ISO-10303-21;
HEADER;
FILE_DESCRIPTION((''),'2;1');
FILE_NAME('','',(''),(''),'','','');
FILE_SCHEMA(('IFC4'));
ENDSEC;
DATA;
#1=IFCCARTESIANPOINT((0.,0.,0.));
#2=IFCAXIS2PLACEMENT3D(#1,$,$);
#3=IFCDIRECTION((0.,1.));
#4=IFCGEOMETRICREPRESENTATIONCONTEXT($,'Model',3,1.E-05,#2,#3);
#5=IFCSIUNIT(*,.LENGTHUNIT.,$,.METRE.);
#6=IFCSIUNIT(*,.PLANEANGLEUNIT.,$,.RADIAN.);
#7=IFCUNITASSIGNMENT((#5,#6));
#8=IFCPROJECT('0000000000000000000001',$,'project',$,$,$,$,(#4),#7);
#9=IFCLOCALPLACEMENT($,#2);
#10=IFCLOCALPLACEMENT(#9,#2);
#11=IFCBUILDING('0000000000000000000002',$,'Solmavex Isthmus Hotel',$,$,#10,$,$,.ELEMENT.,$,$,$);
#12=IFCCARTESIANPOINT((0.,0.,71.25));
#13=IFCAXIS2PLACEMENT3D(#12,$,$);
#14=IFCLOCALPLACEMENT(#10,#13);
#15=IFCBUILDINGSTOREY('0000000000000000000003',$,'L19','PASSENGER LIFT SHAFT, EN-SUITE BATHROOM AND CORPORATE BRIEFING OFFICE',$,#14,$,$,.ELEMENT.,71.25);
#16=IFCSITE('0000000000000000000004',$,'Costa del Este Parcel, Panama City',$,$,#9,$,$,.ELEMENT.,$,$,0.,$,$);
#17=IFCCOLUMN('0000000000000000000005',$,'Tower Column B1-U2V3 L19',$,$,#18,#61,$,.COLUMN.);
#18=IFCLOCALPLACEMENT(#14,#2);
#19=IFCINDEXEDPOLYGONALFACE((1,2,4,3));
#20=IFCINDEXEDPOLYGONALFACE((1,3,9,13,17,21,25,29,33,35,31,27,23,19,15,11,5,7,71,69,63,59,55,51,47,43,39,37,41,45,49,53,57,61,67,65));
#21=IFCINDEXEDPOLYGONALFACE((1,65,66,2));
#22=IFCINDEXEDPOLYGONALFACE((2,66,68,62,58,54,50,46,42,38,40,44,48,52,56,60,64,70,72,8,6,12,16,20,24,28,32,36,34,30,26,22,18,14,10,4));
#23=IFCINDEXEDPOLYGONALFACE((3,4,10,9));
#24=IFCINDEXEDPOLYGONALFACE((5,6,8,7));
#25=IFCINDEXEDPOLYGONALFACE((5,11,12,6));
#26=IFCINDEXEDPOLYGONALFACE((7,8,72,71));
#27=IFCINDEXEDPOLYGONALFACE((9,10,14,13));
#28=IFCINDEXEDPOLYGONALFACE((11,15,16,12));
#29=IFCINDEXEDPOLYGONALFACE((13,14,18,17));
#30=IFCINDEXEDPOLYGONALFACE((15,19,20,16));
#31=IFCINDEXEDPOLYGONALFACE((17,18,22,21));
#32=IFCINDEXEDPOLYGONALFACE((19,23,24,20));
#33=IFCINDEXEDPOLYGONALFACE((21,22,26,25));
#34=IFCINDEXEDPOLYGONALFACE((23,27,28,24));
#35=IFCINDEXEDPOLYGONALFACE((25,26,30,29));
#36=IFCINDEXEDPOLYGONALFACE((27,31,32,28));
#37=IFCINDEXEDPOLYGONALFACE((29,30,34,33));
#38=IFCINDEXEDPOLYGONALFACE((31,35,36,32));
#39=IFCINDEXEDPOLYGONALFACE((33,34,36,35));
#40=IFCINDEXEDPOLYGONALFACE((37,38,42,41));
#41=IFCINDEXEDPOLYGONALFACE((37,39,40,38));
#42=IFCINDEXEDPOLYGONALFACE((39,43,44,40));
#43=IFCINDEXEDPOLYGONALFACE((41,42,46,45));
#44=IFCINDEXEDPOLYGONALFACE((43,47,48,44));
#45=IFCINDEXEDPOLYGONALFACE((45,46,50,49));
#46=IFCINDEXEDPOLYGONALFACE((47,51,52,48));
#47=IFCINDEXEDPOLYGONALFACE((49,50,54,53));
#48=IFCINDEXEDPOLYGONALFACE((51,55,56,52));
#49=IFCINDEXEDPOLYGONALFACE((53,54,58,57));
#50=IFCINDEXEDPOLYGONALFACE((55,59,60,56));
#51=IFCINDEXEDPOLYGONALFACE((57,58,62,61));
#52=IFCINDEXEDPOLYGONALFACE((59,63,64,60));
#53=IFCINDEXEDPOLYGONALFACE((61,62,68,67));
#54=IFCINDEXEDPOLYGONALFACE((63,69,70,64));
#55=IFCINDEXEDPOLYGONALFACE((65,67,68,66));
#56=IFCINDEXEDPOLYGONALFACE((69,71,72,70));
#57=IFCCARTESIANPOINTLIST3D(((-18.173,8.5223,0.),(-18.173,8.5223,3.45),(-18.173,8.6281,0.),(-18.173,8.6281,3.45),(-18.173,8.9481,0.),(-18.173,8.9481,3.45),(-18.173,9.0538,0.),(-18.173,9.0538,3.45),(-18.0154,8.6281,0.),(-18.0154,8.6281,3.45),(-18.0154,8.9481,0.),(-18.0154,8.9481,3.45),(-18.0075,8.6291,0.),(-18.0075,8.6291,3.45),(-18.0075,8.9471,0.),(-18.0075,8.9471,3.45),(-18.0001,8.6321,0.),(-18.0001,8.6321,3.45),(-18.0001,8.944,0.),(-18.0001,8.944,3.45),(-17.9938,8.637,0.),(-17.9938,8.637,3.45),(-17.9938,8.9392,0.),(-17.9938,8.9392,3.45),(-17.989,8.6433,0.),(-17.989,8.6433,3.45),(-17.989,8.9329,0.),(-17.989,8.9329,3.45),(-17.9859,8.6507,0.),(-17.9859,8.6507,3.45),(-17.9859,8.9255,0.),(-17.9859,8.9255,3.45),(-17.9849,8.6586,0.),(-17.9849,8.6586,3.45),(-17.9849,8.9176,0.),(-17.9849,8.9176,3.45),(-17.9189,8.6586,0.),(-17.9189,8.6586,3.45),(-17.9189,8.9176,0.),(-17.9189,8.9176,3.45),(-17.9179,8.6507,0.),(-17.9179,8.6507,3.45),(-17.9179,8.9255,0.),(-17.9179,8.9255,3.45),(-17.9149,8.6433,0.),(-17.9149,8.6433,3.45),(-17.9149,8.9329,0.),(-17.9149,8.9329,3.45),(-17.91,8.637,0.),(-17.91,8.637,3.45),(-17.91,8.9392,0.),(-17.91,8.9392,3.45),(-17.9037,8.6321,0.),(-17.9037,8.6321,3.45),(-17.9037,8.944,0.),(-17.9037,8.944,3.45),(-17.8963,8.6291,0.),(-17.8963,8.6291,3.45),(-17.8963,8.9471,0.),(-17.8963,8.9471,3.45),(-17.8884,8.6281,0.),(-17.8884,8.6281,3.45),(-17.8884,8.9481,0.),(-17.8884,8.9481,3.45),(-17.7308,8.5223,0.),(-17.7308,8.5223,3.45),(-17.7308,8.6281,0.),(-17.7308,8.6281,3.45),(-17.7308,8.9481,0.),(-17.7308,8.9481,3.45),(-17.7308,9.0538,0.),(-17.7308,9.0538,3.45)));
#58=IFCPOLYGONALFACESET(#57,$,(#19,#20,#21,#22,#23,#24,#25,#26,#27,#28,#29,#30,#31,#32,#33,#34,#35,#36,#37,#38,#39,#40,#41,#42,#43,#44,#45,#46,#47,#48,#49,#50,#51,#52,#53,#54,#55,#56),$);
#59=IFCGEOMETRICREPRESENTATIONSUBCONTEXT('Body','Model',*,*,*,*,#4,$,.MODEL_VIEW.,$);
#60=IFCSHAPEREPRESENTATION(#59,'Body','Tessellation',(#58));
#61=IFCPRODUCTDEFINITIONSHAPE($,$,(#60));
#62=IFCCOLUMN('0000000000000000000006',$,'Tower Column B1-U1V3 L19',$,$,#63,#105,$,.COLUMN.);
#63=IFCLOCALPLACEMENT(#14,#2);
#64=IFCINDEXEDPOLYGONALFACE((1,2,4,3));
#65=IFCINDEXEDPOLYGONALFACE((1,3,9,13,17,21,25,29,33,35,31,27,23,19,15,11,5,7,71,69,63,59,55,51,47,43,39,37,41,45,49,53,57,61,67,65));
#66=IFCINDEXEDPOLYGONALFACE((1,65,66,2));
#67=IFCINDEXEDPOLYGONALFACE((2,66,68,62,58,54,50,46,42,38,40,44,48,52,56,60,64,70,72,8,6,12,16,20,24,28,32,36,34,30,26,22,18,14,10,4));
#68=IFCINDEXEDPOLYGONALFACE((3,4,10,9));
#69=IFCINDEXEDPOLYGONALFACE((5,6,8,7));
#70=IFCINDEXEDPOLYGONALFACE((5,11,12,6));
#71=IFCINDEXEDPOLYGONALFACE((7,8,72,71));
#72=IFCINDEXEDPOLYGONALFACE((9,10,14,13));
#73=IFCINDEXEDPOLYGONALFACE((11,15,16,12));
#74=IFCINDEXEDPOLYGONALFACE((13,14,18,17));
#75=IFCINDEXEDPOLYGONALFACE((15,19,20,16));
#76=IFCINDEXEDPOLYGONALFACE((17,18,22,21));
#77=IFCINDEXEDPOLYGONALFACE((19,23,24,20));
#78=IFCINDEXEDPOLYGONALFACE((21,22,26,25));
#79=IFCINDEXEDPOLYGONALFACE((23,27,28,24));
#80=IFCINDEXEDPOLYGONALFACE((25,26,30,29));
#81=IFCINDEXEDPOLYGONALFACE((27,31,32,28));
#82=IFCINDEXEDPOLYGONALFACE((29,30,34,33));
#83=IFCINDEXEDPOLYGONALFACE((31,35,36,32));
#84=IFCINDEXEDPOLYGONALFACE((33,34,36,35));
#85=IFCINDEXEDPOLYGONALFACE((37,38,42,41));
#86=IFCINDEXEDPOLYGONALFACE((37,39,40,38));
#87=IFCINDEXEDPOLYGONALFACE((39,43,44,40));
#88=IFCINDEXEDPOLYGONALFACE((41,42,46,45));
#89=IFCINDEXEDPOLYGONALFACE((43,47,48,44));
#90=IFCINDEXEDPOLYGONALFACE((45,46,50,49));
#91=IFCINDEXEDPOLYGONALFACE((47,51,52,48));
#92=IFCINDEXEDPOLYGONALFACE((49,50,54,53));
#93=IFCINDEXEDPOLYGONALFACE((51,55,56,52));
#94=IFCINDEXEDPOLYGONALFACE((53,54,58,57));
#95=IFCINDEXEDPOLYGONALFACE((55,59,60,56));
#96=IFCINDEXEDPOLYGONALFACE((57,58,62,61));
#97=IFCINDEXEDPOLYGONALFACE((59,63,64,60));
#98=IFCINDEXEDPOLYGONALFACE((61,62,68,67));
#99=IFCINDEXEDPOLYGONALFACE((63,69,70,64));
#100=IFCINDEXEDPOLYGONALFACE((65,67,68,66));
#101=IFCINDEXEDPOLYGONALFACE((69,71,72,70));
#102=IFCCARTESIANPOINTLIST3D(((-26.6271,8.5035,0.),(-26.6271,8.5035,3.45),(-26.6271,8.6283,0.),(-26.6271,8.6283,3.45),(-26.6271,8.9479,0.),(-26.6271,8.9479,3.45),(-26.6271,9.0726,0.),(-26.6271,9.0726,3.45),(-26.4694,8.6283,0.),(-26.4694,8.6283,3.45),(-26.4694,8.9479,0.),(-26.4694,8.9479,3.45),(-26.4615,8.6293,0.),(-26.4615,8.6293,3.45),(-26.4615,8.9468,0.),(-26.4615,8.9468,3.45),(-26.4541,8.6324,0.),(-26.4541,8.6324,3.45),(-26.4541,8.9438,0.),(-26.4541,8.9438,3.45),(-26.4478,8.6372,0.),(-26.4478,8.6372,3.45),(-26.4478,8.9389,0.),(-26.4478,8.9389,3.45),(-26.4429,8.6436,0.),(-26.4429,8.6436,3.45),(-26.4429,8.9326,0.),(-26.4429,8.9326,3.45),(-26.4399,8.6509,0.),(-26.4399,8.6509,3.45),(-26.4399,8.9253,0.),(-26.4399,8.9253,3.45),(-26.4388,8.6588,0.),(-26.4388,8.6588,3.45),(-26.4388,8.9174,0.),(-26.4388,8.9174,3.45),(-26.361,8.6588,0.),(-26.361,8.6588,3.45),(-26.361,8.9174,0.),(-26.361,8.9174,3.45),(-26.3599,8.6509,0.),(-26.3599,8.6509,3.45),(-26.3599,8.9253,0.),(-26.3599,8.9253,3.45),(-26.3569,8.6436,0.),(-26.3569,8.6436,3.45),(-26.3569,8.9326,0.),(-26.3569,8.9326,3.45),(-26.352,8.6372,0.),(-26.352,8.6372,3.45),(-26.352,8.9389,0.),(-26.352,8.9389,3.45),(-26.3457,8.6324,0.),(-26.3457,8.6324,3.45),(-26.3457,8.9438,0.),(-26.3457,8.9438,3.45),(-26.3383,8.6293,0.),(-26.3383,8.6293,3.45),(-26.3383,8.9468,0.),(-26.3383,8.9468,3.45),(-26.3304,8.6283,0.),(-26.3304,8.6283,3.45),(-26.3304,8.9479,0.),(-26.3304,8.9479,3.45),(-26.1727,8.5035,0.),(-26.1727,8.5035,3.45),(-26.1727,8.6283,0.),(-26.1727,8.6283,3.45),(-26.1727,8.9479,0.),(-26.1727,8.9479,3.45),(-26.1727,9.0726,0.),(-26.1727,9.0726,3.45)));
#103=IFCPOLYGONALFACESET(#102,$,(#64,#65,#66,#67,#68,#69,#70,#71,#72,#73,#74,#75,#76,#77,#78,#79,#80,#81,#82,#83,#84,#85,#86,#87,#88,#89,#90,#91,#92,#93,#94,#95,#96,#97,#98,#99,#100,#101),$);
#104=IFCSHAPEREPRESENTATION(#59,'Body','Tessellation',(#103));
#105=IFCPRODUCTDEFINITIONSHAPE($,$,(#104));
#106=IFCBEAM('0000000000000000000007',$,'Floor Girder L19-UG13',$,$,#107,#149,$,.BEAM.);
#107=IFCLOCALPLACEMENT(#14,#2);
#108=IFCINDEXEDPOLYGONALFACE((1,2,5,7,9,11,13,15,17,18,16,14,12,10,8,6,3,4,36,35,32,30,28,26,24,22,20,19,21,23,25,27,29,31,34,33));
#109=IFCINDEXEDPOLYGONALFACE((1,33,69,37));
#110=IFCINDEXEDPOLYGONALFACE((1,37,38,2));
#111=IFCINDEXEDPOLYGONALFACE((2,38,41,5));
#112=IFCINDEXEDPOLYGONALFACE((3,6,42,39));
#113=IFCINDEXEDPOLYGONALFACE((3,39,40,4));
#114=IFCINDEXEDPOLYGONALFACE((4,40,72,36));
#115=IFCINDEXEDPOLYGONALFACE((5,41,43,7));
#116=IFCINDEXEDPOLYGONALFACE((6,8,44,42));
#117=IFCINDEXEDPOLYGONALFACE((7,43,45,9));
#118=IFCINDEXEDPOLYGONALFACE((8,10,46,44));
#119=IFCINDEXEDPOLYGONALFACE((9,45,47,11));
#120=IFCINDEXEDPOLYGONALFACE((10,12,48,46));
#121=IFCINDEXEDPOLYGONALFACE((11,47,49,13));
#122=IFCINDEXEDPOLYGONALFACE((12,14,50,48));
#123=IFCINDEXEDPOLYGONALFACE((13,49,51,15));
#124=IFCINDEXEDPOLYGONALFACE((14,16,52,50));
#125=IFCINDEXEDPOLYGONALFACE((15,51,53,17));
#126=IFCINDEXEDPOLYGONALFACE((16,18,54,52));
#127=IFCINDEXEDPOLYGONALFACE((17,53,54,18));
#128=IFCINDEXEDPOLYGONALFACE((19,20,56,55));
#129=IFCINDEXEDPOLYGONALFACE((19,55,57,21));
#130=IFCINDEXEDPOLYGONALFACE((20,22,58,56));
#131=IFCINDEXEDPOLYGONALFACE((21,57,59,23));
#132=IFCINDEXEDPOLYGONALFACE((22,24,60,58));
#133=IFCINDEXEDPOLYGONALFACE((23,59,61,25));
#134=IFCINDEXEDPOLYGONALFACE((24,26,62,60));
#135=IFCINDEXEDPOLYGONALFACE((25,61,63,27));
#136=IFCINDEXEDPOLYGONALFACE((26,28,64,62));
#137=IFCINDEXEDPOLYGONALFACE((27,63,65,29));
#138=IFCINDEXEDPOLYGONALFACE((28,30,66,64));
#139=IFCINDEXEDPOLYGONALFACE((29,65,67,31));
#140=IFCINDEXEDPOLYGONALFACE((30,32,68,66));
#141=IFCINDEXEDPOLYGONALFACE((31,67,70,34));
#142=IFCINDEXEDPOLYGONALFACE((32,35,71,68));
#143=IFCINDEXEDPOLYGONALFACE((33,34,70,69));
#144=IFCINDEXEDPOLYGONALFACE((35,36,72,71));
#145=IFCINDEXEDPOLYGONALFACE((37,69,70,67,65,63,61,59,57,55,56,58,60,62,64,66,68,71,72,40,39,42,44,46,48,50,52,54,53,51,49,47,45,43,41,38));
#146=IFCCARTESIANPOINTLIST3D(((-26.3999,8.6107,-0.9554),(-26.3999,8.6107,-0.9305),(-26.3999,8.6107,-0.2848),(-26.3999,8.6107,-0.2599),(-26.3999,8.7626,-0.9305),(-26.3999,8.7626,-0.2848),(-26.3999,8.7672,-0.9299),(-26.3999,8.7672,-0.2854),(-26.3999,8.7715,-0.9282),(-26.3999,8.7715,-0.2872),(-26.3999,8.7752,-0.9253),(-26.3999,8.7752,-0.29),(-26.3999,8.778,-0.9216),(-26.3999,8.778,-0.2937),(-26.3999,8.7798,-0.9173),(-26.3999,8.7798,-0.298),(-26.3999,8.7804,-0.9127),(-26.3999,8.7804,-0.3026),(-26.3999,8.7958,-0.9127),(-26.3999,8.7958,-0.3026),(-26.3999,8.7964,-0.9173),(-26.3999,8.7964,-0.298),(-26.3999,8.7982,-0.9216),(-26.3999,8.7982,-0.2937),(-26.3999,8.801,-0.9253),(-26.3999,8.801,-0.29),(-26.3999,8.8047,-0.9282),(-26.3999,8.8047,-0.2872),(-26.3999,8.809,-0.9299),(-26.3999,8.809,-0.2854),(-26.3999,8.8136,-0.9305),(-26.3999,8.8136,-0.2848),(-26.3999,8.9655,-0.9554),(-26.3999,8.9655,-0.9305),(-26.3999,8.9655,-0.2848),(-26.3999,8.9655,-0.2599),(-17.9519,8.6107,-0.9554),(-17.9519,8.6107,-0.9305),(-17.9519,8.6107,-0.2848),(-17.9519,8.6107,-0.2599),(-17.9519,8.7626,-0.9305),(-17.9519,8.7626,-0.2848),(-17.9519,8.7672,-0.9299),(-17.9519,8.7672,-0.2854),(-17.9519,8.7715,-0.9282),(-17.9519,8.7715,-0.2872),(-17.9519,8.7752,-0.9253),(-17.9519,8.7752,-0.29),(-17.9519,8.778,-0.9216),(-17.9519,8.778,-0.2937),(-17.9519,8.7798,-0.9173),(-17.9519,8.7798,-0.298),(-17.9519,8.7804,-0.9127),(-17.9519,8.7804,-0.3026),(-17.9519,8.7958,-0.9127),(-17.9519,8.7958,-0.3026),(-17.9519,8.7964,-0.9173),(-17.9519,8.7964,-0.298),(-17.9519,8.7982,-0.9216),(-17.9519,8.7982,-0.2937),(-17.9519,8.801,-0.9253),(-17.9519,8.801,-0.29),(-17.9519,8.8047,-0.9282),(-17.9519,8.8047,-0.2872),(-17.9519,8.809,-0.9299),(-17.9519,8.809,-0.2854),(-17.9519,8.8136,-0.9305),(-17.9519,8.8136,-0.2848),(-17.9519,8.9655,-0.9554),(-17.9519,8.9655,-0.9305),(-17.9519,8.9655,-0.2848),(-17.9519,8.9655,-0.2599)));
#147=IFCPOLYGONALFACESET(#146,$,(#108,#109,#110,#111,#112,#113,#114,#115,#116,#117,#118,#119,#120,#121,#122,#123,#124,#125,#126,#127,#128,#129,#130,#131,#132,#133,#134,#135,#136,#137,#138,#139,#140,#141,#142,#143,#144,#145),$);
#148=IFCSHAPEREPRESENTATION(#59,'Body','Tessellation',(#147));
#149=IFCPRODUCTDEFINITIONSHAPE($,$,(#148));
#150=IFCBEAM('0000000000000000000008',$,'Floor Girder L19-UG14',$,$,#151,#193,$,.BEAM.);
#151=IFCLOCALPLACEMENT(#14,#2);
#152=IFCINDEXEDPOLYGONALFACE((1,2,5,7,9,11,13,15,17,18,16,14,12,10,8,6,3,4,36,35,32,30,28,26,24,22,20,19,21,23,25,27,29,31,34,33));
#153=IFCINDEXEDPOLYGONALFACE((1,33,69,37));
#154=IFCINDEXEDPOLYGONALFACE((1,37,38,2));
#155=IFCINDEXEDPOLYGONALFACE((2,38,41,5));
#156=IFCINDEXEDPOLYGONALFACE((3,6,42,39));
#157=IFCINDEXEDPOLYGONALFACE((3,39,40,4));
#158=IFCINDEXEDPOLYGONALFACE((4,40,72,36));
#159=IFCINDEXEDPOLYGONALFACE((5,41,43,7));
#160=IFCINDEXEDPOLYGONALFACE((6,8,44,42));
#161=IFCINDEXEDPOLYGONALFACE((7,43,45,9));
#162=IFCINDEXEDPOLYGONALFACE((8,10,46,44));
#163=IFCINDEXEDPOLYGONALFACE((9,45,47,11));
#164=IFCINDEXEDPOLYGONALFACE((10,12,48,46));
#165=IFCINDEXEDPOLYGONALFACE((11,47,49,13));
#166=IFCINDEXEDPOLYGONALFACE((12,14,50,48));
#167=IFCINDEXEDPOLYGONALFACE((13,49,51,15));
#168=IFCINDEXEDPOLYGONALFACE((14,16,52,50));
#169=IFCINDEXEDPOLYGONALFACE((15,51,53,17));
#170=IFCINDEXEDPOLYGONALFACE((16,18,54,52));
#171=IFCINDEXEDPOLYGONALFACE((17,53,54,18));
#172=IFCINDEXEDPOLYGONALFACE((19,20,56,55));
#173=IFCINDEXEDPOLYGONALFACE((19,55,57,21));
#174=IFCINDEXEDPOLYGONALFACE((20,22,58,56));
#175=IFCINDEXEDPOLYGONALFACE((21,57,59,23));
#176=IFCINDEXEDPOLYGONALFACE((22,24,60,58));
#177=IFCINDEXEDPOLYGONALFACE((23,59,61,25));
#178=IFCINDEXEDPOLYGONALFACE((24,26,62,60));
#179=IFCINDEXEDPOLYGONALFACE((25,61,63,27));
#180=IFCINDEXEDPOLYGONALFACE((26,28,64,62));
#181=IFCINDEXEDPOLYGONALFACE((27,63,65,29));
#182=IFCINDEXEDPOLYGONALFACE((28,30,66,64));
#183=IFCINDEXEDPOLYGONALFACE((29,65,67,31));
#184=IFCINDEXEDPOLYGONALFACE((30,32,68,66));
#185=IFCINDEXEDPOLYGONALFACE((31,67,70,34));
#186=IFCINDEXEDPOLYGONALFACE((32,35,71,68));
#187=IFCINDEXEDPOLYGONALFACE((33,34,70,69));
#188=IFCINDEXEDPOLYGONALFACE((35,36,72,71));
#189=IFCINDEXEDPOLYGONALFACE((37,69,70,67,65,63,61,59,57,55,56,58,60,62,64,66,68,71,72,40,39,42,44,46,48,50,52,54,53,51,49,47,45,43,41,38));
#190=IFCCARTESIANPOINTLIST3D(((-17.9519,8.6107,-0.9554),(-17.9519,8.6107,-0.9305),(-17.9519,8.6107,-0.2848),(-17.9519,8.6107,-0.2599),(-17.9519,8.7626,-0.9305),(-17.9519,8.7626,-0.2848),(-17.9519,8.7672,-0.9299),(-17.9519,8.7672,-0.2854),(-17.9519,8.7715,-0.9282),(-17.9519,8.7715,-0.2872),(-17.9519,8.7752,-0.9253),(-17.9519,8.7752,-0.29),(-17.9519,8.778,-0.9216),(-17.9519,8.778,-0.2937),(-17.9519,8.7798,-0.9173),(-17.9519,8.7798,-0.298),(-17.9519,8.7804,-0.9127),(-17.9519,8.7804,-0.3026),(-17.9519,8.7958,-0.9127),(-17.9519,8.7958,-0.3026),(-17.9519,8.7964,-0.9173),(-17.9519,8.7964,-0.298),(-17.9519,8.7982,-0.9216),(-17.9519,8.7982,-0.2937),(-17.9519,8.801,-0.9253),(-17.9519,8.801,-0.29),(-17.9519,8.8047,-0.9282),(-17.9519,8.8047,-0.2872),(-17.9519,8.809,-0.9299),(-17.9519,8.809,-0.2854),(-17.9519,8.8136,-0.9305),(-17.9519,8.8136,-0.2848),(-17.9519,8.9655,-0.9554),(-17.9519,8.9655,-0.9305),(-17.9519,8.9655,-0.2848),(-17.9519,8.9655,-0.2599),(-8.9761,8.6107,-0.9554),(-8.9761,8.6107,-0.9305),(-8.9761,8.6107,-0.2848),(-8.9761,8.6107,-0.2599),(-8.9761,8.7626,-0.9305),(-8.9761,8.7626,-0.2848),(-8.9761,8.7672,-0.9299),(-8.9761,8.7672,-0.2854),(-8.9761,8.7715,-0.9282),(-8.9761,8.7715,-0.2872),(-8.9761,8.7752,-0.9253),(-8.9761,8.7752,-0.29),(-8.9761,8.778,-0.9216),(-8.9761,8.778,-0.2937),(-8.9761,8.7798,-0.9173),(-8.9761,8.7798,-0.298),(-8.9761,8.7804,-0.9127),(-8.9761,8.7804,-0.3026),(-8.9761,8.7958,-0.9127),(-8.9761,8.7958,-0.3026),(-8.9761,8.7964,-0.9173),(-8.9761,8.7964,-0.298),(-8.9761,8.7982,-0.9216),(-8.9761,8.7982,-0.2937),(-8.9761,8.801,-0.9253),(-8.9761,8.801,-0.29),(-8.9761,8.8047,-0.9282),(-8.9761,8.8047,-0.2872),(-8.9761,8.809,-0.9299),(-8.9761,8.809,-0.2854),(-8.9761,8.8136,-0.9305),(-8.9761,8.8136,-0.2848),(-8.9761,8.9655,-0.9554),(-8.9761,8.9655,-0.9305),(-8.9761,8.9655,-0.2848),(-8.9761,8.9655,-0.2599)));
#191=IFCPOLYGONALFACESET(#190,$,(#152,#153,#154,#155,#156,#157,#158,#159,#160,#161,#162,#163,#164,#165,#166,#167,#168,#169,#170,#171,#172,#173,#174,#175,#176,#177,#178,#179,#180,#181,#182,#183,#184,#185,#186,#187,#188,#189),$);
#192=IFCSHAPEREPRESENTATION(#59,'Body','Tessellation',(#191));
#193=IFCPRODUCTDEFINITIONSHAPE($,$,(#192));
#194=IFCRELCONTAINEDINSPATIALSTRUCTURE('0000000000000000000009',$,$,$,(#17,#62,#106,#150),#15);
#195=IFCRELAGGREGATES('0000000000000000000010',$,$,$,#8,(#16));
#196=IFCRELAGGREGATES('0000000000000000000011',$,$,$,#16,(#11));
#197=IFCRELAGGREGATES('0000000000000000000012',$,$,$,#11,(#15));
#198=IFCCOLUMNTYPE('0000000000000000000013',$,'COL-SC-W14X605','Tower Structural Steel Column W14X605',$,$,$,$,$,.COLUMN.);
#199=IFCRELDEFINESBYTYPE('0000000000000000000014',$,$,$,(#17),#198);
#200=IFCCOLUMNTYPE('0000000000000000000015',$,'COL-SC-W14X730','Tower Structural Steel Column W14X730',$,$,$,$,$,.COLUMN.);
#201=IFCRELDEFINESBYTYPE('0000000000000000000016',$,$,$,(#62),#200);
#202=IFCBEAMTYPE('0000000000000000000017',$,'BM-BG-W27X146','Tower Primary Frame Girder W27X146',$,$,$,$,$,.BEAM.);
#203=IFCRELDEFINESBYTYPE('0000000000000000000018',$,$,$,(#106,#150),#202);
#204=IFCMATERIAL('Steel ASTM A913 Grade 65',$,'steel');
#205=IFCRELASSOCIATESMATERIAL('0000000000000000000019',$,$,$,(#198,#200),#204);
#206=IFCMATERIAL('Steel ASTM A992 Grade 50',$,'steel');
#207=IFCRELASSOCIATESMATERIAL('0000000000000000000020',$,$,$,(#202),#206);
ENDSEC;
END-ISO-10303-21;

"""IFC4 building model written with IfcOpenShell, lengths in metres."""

from ifc_helpers import new_model, si_unit, direction, frame, origin, origin_2d, place, context, subcontext, project, spatial, i_section, extrude, material, material_profile, profile_set, type_object, element, save


model = new_model("IFC4")

# Units and contexts
model_context = context("Model", 3, precision=1e-05, world=origin(), true_north=direction((0.0, 1.0)))
body_context = subcontext(model_context, "Body", "Model", "MODEL_VIEW")
ifc_project = project(units=[si_unit("LENGTHUNIT", "METRE"), si_unit("PLANEANGLEUNIT", "RADIAN")], contexts=[model_context])

# Site, building, storey
site_placement = place(None, origin())
site = spatial("IfcSite", under=ifc_project, at=site_placement, Name="Costa del Este Parcel, Panama City", CompositionType="ELEMENT", RefElevation=0.0)
building_placement = place(site_placement, origin())
building = spatial("IfcBuilding", under=site, at=building_placement, Name="Solmavex Isthmus Hotel", CompositionType="ELEMENT")
storey_placement = place(building_placement, frame((0.0, 0.0, 71.25)))
storey = spatial("IfcBuildingStorey", under=building, at=storey_placement, Name="L19", Description="PASSENGER LIFT SHAFT, EN-SUITE BATHROOM AND CORPORATE BRIEFING OFFICE", CompositionType="ELEMENT", Elevation=71.25)

# Columns
ifc_material_1 = material(Name="Steel ASTM A913 Grade 65", Category="steel")
ifc_material_profile_1 = material_profile(ifc_material_1, i_section(OverallWidth=0.4421, OverallDepth=0.5315, WebThickness=0.0659, FlangeThickness=0.1057, FilletRadius=0.0305, at=origin_2d()), Name="W14X605")
ifc_profile_set_1 = profile_set([ifc_material_profile_1], Name="Steel ASTM A913 Grade 65")
column_type_1 = type_object("IfcColumnType", Name="COL-SC-W14X605", Description="Tower Structural Steel Column W14X605", PredefinedType="COLUMN", material=ifc_profile_set_1)
column_1_placement = place(storey_placement, frame((-17.9519, 8.7881, 0.0), z_axis=(0.0, 0.0, 1.0), x_axis=(1.0, 0.0, 0.0)))
element("IfcColumn", 1, at=column_1_placement, inside=storey, type_object=column_type_1, Name="Tower Column B1-U2V3 L19", PredefinedType="COLUMN", context=body_context, shape_type="SweptSolid", body=[
    extrude(i_section(OverallWidth=0.4421, OverallDepth=0.5315, WebThickness=0.0659, FlangeThickness=0.1057, FilletRadius=0.0305, at=origin_2d()), origin(), (0.0, 0.0, 1.0), 3.45),
])
ifc_material_profile_2 = material_profile(ifc_material_1, i_section(OverallWidth=0.4543, OverallDepth=0.5691, WebThickness=0.0779, FlangeThickness=0.1248, FilletRadius=0.0305, at=origin_2d()), Name="W14X730")
ifc_profile_set_2 = profile_set([ifc_material_profile_2], Name="Steel ASTM A913 Grade 65")
column_type_2 = type_object("IfcColumnType", Name="COL-SC-W14X730", Description="Tower Structural Steel Column W14X730", PredefinedType="COLUMN", material=ifc_profile_set_2)
column_2_placement = place(storey_placement, frame((-26.3999, 8.7881, 0.0), z_axis=(0.0, 0.0, 1.0), x_axis=(1.0, 0.0, 0.0)))
element("IfcColumn", 2, at=column_2_placement, inside=storey, type_object=column_type_2, Name="Tower Column B1-U1V3 L19", PredefinedType="COLUMN", context=body_context, shape_type="SweptSolid", body=[
    extrude(i_section(OverallWidth=0.4543, OverallDepth=0.5691, WebThickness=0.0779, FlangeThickness=0.1248, FilletRadius=0.0305, at=origin_2d()), origin(), (0.0, 0.0, 1.0), 3.45),
])

# Beams
ifc_material_2 = material(Name="Steel ASTM A992 Grade 50", Category="steel")
ifc_material_profile_3 = material_profile(ifc_material_2, i_section(OverallWidth=0.3547, OverallDepth=0.6956, WebThickness=0.0154, FlangeThickness=0.0249, FilletRadius=0.0178, at=origin_2d()), Name="W27X146")
ifc_profile_set_3 = profile_set([ifc_material_profile_3], Name="Steel ASTM A992 Grade 50")
beam_type_1 = type_object("IfcBeamType", Name="BM-BG-W27X146", Description="Tower Primary Frame Girder W27X146", PredefinedType="BEAM", material=ifc_profile_set_3)
beam_1_placement = place(storey_placement, frame((-26.3999, 8.7881, -0.6077), z_axis=(1.0, 0.0, 0.0), x_axis=(0.0, 1.0, 0.0)))
element("IfcBeam", 3, at=beam_1_placement, inside=storey, type_object=beam_type_1, Name="Floor Girder L19-UG13", PredefinedType="BEAM", context=body_context, shape_type="SweptSolid", body=[
    extrude(i_section(OverallWidth=0.3547, OverallDepth=0.6956, WebThickness=0.0154, FlangeThickness=0.0249, FilletRadius=0.0178, at=origin_2d()), origin(), (0.0, 0.0, 1.0), 8.448),
])
beam_2_placement = place(storey_placement, frame((-17.9519, 8.7881, -0.6077), z_axis=(1.0, 0.0, 0.0), x_axis=(0.0, 1.0, 0.0)))
element("IfcBeam", 4, at=beam_2_placement, inside=storey, type_object=beam_type_1, Name="Floor Girder L19-UG14", PredefinedType="BEAM", context=body_context, shape_type="SweptSolid", body=[
    extrude(i_section(OverallWidth=0.3547, OverallDepth=0.6956, WebThickness=0.0154, FlangeThickness=0.0249, FilletRadius=0.0178, at=origin_2d()), origin(), (0.0, 0.0, 1.0), 8.9758),
])

save(model, "model.ifc")
